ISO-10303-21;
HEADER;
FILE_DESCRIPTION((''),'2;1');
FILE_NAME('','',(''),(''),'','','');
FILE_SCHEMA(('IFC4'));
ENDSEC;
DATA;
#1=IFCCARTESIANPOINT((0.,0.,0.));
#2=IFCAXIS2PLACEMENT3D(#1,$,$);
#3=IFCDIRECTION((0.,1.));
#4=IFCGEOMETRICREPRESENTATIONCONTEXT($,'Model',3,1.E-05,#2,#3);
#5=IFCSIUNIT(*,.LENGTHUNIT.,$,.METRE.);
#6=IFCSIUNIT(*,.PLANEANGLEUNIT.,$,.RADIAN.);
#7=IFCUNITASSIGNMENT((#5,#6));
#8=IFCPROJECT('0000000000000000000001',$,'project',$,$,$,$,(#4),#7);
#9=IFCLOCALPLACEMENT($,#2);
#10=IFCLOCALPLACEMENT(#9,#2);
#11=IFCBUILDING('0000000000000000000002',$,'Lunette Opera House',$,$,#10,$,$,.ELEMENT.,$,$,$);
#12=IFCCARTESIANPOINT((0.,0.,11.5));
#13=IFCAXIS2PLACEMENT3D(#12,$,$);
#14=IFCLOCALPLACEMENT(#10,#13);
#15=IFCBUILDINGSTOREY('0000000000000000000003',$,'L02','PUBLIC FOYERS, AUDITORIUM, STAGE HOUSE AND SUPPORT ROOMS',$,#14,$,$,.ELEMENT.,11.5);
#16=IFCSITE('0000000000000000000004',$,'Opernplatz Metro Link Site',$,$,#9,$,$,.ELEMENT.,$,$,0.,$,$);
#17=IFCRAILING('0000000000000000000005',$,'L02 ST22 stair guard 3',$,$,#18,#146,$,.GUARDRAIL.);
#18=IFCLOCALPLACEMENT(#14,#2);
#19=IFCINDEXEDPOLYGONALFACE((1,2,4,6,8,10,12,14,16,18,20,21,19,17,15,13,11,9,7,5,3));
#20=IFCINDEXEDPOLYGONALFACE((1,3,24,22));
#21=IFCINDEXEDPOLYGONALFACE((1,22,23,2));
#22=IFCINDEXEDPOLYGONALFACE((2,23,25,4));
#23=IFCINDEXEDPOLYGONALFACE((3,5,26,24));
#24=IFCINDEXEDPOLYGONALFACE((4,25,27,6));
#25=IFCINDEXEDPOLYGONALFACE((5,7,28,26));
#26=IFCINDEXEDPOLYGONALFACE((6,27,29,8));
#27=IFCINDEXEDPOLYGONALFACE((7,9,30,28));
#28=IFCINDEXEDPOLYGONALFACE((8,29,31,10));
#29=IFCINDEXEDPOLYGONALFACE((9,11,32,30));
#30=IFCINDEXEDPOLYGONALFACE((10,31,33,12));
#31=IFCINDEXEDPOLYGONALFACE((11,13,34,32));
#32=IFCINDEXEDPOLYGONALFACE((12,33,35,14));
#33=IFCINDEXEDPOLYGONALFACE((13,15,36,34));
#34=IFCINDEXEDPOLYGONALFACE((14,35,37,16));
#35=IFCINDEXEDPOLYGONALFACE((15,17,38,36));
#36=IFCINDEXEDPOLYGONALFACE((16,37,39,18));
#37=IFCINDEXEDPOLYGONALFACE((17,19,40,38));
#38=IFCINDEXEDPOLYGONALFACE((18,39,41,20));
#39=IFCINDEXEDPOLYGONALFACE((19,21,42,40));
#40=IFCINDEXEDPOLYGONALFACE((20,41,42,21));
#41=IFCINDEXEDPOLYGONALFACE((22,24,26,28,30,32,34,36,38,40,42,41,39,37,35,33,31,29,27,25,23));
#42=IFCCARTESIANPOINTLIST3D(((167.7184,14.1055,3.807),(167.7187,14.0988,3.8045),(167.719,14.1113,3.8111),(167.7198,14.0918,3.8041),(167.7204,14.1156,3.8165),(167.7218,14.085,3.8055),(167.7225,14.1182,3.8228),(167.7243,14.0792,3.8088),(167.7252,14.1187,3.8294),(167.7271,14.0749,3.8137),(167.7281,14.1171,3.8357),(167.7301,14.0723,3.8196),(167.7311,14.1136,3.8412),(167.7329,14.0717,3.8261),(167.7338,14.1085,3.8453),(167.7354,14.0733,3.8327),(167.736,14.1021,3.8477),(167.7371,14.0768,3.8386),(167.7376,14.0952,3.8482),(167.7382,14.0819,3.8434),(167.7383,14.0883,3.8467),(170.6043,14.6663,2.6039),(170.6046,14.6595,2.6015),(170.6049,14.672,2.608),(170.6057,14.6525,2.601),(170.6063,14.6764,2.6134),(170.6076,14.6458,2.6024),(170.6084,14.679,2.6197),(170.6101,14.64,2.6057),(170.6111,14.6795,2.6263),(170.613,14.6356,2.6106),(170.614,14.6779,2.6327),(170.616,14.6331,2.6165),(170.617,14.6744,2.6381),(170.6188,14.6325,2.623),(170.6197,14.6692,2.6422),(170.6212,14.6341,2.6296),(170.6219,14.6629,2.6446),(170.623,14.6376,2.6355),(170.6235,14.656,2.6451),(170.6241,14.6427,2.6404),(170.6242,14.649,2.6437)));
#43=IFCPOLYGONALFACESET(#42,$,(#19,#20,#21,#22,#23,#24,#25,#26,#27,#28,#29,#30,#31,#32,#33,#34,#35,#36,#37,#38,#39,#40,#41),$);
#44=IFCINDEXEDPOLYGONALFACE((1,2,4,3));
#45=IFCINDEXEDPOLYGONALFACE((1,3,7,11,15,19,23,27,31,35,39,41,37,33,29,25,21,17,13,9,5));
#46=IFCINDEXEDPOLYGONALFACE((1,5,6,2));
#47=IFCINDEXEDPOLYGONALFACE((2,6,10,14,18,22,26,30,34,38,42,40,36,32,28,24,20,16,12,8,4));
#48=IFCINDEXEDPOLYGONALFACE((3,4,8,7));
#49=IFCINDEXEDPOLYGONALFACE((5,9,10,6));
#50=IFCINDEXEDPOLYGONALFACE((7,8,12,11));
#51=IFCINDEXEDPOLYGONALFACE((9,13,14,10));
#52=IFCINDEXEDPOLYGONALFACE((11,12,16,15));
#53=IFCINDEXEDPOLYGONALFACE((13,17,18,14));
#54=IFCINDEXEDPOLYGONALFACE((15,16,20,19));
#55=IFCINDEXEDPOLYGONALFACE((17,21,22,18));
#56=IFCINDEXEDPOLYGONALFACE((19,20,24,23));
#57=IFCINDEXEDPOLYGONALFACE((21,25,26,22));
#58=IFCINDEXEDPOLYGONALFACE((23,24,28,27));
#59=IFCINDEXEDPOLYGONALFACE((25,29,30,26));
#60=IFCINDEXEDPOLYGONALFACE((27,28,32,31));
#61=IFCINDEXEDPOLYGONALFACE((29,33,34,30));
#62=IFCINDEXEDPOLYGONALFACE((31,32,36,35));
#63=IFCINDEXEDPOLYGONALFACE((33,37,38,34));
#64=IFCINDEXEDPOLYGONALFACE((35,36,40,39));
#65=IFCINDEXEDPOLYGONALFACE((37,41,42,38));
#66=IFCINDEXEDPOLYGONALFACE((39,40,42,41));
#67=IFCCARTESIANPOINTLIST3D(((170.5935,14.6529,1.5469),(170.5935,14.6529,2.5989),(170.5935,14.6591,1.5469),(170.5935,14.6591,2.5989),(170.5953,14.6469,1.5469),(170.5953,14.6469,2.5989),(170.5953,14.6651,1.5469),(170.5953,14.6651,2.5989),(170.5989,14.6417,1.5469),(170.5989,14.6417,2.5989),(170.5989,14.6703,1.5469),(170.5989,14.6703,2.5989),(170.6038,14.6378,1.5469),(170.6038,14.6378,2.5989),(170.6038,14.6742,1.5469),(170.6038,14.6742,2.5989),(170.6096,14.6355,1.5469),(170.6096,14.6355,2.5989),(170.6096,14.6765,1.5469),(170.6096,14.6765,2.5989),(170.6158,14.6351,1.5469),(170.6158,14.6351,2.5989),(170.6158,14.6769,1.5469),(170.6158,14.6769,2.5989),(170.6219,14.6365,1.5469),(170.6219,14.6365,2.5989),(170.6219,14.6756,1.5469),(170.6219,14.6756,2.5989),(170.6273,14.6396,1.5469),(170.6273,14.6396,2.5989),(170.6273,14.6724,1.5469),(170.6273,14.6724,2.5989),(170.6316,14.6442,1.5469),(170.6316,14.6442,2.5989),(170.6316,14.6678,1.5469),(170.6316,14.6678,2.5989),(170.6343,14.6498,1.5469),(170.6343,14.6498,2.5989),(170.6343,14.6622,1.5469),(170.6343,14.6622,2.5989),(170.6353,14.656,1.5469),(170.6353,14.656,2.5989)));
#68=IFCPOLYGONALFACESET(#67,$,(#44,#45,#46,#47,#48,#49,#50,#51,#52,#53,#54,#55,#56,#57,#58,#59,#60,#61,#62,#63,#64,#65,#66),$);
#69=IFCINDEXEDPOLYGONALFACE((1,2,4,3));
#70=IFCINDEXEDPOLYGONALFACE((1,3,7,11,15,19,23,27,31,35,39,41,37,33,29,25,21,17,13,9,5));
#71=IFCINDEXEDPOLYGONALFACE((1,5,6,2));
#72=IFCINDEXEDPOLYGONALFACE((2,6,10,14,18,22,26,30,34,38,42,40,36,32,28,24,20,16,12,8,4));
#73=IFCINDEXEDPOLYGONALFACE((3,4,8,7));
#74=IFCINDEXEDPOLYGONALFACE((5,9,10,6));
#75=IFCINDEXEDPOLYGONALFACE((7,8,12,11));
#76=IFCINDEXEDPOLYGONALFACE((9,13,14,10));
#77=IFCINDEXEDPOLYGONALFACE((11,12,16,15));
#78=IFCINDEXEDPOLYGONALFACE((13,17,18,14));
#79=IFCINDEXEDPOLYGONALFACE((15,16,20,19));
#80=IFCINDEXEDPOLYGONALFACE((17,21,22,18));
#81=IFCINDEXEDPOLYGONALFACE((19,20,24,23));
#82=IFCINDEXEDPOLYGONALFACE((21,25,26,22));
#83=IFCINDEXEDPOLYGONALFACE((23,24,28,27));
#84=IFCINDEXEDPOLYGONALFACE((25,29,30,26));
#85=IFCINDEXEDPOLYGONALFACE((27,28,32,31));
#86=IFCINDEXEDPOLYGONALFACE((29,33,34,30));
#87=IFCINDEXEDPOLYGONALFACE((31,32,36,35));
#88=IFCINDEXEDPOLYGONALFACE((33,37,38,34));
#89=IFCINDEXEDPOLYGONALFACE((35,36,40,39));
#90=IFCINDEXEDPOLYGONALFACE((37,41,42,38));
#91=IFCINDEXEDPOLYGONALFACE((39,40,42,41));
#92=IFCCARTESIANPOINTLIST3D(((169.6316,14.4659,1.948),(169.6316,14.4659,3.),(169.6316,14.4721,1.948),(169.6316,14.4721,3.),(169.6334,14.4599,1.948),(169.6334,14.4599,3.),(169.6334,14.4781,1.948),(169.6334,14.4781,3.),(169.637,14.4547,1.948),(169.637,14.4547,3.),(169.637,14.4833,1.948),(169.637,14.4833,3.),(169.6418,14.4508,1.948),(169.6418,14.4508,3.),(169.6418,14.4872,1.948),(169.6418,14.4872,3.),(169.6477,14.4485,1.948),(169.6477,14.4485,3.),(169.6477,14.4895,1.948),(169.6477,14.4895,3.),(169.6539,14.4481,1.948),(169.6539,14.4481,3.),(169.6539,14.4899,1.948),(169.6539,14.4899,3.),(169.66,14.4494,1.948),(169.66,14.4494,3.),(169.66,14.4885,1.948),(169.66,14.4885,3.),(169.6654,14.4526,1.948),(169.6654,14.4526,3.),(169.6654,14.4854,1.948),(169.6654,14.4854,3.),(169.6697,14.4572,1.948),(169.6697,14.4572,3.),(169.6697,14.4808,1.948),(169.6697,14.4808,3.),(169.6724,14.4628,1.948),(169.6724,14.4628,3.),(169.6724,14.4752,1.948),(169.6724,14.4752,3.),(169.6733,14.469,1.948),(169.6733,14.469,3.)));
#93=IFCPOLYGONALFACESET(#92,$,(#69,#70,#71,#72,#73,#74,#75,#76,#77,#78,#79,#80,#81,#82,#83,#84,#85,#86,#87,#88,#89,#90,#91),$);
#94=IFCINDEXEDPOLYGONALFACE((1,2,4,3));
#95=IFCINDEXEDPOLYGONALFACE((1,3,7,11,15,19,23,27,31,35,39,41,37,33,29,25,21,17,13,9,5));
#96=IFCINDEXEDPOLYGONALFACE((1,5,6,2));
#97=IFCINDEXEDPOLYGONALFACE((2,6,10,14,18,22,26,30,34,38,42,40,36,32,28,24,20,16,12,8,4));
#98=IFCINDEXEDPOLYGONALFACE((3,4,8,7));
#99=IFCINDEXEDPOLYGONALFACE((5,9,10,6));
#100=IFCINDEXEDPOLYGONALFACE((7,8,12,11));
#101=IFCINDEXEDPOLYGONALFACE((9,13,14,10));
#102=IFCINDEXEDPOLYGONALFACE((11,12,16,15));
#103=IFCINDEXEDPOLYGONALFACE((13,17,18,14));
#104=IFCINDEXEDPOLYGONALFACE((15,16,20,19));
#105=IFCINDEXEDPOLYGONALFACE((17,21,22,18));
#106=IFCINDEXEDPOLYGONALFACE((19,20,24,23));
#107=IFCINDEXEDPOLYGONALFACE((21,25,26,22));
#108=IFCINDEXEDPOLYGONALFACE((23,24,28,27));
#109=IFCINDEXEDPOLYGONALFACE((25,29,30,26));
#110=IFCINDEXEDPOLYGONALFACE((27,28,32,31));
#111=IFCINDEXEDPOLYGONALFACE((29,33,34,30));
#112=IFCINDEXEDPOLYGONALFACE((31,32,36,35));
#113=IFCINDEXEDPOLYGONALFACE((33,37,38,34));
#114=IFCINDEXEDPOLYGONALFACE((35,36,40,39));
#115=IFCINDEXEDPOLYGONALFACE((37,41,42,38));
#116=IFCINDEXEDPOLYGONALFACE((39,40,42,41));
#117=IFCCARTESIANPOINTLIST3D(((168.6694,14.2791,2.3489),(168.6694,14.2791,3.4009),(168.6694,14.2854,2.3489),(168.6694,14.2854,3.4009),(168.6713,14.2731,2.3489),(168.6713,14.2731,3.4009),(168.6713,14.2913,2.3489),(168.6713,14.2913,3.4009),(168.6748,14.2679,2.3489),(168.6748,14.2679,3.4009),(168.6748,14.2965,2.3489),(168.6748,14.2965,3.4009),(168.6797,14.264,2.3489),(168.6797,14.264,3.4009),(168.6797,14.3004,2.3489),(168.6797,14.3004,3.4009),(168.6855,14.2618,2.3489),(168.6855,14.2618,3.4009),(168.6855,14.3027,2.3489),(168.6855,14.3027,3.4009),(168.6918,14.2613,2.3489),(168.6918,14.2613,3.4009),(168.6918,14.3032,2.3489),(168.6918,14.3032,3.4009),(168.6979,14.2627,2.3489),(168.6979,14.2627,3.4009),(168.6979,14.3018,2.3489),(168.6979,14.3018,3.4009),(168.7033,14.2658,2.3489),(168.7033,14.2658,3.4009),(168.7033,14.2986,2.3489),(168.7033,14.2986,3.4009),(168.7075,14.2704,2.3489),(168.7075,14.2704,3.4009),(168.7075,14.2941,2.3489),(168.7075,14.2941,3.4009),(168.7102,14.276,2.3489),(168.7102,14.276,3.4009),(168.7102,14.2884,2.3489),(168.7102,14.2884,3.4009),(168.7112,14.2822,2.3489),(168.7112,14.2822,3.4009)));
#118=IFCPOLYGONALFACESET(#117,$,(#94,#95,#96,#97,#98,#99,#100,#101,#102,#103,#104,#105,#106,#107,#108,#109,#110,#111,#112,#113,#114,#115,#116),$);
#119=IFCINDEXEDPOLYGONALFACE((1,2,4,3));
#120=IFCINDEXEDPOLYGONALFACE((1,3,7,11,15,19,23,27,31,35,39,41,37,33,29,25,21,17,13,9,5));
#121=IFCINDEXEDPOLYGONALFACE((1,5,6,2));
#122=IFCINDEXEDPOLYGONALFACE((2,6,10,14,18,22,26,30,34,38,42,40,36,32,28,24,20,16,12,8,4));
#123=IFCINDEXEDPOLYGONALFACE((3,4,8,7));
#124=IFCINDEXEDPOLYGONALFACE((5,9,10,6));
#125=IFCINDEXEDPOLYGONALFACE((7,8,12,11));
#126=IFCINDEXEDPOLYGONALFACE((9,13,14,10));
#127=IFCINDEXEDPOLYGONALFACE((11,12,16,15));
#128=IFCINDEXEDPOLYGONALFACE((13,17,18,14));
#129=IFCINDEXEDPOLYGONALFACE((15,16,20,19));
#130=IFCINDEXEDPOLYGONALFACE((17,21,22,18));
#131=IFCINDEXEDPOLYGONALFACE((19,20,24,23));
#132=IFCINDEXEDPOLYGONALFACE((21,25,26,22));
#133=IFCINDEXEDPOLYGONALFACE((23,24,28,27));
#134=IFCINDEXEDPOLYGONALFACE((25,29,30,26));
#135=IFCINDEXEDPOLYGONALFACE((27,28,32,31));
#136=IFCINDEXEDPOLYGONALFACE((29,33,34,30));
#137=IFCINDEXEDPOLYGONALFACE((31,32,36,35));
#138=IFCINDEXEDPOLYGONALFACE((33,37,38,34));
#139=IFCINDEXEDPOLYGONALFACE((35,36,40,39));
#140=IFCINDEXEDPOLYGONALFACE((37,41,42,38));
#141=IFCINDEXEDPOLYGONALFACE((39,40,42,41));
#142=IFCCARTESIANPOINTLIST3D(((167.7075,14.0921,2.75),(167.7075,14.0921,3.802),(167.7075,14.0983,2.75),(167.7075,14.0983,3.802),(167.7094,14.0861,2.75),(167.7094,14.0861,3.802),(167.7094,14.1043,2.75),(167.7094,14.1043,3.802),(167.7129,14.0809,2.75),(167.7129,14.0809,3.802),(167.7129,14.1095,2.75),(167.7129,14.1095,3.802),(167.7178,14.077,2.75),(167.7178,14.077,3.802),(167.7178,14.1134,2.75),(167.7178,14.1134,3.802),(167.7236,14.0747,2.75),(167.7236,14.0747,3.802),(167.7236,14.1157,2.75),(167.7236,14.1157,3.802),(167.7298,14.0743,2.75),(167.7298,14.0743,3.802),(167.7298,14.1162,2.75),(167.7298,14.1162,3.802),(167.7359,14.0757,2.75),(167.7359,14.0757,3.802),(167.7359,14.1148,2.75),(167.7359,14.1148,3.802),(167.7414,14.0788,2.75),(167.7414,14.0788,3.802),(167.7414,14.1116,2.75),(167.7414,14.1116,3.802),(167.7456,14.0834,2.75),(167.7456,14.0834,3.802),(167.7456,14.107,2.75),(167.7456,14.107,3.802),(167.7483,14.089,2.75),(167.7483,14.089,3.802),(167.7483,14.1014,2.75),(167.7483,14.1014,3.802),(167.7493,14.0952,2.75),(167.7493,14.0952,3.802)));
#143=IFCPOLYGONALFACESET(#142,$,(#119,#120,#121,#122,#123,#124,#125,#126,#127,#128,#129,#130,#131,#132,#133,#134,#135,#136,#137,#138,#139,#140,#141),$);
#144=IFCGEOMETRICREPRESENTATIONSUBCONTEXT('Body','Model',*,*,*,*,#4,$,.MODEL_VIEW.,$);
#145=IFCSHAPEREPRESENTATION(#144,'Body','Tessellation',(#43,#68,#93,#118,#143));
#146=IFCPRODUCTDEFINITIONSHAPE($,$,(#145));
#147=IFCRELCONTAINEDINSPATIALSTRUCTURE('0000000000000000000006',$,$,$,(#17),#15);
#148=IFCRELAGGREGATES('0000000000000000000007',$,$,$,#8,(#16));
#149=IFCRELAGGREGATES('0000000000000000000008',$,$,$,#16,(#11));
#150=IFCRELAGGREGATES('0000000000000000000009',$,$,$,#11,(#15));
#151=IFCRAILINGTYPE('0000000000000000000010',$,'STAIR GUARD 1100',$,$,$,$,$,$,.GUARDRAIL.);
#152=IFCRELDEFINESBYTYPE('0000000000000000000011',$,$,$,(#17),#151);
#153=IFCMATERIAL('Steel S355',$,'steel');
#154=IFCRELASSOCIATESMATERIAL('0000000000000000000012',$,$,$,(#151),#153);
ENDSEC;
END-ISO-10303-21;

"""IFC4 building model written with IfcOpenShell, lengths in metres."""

from ifc_helpers import new_model, si_unit, direction, frame, origin, origin_2d, place, context, subcontext, project, spatial, circle, extrude, material, type_object, element, save


model = new_model("IFC4")

# Units and contexts
model_context = context("Model", 3, precision=1e-05, world=origin(), true_north=direction((0.0, 1.0)))
body_context = subcontext(model_context, "Body", "Model", "MODEL_VIEW")
ifc_project = project(units=[si_unit("LENGTHUNIT", "METRE"), si_unit("PLANEANGLEUNIT", "RADIAN")], contexts=[model_context])

# Site, building, storey
site_placement = place(None, origin())
site = spatial("IfcSite", under=ifc_project, at=site_placement, Name="Opernplatz Metro Link Site", CompositionType="ELEMENT", RefElevation=0.0)
building_placement = place(site_placement, origin())
building = spatial("IfcBuilding", under=site, at=building_placement, Name="Lunette Opera House", CompositionType="ELEMENT")
storey_placement = place(building_placement, frame((0.0, 0.0, 11.5)))
storey = spatial("IfcBuildingStorey", under=building, at=storey_placement, Name="L02", Description="PUBLIC FOYERS, AUDITORIUM, STAGE HOUSE AND SUPPORT ROOMS", CompositionType="ELEMENT", Elevation=11.5)

# Railing
ifc_material_1 = material(Name="Steel S355", Category="steel")
railing_type_1 = type_object("IfcRailingType", Name="STAIR GUARD 1100", PredefinedType="GUARDRAIL", material=ifc_material_1)
railing_1_placement = place(storey_placement, frame((170.6143, 14.656, 1.5469)))
element("IfcRailing", 1, at=railing_1_placement, inside=storey, type_object=railing_type_1, Name="L02 ST22 stair guard 3", PredefinedType="GUARDRAIL", context=body_context, shape_type="SweptSolid", body=[
    extrude(circle(Radius=0.0239, at=origin_2d()), frame((0.0, 0.0, 1.0762), z_axis=(-0.908509, -0.176537, 0.378744), x_axis=(0.190747, -0.981639, 0.0)), (0.0, 0.0, 1.0), 3.1765),
    extrude(circle(Radius=0.021, at=origin_2d()), origin(), (0.0, 0.0, 1.0), 1.052),
    extrude(circle(Radius=0.021, at=origin_2d()), frame((-0.9619, -0.187, 0.4011)), (0.0, 0.0, 1.0), 1.052),
    extrude(circle(Radius=0.021, at=origin_2d()), frame((-1.9241, -0.3738, 0.802)), (0.0, 0.0, 1.0), 1.052),
    extrude(circle(Radius=0.021, at=origin_2d()), frame((-2.886, -0.5608, 1.2031)), (0.0, 0.0, 1.0), 1.052),
])

save(model, "model.ifc")
